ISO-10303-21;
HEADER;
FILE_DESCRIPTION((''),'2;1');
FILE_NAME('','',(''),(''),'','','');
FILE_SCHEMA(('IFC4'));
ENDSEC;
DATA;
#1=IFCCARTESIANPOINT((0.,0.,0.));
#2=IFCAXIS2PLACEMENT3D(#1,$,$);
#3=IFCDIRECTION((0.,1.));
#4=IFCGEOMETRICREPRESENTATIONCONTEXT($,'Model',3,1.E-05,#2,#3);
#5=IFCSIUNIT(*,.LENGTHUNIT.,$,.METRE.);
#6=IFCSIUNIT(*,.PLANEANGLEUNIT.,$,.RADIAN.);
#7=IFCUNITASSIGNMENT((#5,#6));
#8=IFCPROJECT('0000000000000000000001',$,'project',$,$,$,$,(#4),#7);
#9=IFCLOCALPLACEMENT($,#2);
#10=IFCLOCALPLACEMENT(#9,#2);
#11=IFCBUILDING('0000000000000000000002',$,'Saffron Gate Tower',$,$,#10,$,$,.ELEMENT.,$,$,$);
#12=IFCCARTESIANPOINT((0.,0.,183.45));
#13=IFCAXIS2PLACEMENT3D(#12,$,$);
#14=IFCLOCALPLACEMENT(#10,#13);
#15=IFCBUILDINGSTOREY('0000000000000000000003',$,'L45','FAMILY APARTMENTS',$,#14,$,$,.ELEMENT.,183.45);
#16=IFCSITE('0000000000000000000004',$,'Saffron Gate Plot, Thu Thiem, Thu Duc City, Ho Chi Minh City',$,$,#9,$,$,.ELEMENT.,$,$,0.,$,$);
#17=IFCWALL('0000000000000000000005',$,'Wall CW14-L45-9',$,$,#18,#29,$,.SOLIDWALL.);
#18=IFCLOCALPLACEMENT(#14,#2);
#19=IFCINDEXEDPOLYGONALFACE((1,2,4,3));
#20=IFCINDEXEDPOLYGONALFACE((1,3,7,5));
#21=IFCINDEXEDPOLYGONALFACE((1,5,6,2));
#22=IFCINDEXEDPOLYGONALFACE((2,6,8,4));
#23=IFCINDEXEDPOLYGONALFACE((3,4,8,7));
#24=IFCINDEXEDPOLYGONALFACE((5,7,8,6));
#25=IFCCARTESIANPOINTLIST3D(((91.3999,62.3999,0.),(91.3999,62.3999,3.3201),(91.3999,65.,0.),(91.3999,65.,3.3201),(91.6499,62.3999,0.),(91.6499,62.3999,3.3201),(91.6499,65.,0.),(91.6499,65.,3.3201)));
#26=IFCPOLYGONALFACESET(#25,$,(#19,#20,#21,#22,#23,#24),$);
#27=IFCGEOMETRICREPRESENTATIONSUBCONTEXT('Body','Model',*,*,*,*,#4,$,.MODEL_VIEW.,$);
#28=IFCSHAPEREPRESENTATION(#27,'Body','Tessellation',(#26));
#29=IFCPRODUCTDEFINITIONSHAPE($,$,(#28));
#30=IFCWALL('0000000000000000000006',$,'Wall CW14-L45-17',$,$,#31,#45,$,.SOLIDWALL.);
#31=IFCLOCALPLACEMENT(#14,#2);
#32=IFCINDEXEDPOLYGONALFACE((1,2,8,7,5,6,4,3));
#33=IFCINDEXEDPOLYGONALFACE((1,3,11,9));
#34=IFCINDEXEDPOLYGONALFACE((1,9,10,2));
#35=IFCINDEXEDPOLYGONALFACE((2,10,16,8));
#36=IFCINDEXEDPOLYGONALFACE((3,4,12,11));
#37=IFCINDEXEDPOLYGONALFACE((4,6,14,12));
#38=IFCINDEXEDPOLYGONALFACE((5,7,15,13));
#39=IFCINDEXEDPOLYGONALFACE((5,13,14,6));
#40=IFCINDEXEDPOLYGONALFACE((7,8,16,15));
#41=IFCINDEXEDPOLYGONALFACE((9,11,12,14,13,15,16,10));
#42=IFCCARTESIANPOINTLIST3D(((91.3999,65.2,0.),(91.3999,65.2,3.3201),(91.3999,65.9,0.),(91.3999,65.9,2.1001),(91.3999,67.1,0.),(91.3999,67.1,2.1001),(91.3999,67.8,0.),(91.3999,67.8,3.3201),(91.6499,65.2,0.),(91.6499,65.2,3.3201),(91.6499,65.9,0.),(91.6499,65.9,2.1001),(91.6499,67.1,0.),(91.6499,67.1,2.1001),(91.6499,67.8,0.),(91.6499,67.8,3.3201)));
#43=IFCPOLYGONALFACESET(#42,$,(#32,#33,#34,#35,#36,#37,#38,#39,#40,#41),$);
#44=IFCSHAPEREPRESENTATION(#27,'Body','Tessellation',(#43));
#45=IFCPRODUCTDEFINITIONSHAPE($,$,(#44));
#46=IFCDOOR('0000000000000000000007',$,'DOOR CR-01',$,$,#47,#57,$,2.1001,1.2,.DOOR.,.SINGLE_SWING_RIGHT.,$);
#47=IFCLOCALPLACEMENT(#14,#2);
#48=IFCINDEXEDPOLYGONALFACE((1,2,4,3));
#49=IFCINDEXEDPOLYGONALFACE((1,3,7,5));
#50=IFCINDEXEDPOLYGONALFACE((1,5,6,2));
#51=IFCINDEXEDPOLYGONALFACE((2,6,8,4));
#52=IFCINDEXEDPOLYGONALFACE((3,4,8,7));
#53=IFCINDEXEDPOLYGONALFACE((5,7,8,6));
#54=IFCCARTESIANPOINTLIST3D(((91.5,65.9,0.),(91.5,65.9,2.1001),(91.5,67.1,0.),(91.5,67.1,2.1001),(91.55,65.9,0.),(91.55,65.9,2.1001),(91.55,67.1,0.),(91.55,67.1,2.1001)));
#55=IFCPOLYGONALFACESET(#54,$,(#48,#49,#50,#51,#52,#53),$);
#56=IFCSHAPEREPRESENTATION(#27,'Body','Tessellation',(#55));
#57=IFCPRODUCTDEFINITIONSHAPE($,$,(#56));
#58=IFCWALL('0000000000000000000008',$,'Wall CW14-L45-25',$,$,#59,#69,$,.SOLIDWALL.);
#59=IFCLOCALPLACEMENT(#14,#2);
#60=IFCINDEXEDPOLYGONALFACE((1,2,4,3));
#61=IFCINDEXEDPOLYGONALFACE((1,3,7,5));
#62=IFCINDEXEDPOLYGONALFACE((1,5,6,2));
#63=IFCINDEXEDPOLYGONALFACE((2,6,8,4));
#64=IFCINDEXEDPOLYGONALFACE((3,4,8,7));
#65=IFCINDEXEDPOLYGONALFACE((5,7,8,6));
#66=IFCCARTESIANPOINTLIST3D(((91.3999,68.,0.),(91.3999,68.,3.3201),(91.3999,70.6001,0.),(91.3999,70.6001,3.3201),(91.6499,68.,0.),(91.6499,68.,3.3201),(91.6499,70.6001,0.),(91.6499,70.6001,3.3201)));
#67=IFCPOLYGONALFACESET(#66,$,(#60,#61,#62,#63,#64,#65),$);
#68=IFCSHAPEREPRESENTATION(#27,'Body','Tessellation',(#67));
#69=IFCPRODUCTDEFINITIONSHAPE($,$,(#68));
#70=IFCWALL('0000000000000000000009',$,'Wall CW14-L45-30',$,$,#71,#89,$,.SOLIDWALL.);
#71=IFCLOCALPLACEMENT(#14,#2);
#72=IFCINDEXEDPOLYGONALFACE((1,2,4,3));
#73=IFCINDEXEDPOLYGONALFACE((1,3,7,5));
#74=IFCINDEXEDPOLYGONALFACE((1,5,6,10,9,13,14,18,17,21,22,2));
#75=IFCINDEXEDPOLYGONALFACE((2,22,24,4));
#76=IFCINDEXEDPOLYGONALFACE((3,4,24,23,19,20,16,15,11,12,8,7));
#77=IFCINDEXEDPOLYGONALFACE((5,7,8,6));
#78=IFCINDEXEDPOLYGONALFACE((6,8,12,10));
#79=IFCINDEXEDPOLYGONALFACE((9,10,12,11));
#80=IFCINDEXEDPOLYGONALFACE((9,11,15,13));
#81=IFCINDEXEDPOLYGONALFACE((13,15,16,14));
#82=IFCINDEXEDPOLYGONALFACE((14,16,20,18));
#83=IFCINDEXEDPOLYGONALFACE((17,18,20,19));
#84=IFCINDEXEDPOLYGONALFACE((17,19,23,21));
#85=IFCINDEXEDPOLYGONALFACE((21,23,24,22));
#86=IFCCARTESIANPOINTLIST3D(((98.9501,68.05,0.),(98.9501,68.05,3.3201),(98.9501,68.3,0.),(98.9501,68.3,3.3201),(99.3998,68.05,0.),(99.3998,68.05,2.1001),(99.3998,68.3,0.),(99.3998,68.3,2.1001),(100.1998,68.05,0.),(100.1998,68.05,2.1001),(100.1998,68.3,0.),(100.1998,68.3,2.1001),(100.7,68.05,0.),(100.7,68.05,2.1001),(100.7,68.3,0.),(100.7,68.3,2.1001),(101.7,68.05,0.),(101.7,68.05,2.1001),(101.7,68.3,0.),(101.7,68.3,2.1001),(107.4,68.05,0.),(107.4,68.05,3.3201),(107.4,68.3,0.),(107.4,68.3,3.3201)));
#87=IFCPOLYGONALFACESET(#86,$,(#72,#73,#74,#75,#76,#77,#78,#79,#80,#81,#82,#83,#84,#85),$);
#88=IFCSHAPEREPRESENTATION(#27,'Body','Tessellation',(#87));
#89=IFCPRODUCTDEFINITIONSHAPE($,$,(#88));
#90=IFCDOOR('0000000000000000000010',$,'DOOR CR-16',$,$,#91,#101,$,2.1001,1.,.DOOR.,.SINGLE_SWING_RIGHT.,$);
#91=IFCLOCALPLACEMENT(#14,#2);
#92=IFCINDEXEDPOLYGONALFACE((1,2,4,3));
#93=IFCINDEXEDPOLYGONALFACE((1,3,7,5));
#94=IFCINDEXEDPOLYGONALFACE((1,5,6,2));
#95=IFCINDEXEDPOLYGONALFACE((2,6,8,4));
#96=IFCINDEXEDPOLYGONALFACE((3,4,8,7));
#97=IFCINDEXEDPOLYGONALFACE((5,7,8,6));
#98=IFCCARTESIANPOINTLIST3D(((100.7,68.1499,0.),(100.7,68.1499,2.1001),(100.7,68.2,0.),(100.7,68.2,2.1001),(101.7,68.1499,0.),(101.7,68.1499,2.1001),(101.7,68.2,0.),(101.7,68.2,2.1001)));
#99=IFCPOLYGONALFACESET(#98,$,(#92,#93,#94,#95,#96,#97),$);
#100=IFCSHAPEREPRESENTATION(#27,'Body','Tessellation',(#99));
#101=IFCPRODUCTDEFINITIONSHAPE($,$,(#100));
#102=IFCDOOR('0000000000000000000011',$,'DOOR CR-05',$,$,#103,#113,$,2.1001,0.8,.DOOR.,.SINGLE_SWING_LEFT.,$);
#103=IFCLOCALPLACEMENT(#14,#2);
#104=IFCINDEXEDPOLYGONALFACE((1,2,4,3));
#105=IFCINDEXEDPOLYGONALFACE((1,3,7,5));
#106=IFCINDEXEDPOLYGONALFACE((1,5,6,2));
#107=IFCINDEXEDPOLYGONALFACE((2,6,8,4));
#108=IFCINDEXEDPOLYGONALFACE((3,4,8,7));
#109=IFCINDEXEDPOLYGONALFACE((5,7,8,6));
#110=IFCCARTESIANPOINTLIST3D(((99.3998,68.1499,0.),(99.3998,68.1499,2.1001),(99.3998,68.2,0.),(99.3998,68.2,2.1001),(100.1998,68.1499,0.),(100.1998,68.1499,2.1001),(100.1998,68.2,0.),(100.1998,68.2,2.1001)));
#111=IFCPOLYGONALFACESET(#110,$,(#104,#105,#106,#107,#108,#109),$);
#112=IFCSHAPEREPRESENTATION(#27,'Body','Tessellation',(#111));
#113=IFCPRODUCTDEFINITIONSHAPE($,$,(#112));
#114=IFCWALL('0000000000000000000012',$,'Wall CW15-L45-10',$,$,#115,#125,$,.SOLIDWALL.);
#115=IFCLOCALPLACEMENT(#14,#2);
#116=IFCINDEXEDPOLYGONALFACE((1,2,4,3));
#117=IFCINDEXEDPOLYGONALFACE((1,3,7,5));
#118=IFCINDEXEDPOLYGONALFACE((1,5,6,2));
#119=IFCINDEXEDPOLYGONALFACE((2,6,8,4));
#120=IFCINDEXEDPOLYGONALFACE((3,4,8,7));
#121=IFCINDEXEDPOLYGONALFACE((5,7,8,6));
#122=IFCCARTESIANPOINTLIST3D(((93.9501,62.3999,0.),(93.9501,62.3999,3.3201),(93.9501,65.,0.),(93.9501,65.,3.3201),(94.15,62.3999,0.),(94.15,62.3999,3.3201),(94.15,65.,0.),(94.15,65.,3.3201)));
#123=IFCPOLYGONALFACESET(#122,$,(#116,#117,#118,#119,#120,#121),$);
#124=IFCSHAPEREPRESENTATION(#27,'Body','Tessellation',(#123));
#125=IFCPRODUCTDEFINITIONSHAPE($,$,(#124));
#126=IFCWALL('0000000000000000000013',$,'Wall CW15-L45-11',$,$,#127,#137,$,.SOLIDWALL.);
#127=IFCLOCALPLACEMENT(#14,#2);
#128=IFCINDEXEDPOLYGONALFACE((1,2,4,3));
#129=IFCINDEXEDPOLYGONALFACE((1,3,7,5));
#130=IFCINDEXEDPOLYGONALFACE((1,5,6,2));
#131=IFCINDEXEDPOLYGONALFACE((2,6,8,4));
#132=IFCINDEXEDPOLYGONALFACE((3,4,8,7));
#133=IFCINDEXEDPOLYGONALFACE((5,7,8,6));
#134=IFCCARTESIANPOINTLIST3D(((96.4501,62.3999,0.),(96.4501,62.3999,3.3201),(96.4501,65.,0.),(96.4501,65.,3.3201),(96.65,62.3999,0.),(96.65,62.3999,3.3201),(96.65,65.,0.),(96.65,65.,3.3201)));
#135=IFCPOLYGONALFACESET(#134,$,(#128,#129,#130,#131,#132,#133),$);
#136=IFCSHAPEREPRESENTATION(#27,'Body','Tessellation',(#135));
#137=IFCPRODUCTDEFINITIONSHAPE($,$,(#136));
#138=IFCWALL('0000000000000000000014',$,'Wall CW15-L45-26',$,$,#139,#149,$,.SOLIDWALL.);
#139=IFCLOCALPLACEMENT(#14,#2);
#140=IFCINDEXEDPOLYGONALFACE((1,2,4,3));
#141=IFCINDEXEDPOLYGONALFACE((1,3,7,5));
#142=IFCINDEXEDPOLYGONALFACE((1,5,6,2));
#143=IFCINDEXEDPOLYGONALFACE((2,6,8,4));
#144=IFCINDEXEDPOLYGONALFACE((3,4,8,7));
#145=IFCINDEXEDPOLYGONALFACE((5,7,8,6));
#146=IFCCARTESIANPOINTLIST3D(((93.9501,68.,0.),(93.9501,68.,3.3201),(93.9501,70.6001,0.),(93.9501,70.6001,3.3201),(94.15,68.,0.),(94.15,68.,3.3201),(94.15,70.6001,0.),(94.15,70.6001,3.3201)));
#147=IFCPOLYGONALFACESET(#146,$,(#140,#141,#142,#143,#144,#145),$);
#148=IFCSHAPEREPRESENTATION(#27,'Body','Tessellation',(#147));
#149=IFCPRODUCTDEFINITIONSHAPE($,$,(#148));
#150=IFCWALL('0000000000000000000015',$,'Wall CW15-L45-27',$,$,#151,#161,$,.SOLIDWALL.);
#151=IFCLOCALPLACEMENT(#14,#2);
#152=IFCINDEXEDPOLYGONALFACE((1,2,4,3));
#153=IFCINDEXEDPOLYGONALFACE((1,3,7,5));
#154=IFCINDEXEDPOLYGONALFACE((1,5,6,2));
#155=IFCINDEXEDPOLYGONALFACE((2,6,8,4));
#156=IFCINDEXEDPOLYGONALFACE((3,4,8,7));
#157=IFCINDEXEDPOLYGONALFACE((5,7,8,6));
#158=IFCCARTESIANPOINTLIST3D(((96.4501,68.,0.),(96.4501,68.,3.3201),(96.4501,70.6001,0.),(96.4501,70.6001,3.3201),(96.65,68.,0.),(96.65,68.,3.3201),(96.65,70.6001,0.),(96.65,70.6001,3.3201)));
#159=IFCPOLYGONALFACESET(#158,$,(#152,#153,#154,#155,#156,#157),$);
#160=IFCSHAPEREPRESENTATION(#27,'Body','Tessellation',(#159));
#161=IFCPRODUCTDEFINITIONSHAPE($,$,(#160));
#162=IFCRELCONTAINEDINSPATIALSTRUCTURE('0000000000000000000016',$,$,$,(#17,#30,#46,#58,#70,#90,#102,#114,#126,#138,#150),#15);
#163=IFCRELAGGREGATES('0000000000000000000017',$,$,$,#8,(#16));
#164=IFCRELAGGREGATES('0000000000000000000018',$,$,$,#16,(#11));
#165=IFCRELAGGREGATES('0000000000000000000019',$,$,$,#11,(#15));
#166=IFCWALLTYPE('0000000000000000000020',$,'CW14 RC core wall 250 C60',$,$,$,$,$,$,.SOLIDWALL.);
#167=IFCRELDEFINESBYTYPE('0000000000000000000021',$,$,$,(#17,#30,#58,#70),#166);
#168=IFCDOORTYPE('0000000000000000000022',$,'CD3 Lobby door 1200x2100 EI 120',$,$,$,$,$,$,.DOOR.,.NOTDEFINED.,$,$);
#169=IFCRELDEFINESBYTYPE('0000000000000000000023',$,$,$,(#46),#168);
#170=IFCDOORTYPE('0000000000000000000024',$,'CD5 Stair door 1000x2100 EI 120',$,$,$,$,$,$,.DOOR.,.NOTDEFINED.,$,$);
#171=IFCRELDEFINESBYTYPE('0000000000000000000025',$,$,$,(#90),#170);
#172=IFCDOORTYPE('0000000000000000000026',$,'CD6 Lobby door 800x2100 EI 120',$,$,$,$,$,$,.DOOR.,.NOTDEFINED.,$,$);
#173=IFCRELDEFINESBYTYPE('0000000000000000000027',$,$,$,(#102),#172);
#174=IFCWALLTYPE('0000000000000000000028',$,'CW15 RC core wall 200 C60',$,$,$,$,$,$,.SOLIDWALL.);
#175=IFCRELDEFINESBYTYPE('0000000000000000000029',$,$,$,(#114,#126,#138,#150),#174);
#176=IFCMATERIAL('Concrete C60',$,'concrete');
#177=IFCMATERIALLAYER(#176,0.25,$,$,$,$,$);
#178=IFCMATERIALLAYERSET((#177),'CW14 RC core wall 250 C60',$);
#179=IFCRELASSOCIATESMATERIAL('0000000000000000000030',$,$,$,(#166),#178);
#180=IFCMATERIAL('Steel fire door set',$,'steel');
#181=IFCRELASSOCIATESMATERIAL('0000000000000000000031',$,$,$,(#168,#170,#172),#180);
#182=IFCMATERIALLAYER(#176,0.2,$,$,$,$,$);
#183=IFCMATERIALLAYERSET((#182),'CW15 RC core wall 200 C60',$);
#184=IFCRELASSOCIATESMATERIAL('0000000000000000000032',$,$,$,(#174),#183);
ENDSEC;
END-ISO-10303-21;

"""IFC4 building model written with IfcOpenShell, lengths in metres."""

from ifc_helpers import new_model, si_unit, direction, frame, frame_2d, origin, place, context, subcontext, project, spatial, rectangle, extrude, material, layer, layer_set, type_object, element, fill, save


model = new_model("IFC4")

# Units and contexts
model_context = context("Model", 3, precision=1e-05, world=origin(), true_north=direction((0.0, 1.0)))
body_context = subcontext(model_context, "Body", "Model", "MODEL_VIEW")
ifc_project = project(units=[si_unit("LENGTHUNIT", "METRE"), si_unit("PLANEANGLEUNIT", "RADIAN")], contexts=[model_context])

# Site, building, storey
site_placement = place(None, origin())
site = spatial("IfcSite", under=ifc_project, at=site_placement, Name="Saffron Gate Plot, Thu Thiem, Thu Duc City, Ho Chi Minh City", CompositionType="ELEMENT", RefElevation=0.0)
building_placement = place(site_placement, origin())
building = spatial("IfcBuilding", under=site, at=building_placement, Name="Saffron Gate Tower", CompositionType="ELEMENT")
storey_placement = place(building_placement, frame((0.0, 0.0, 183.45)))
storey = spatial("IfcBuildingStorey", under=building, at=storey_placement, Name="L45", Description="FAMILY APARTMENTS", CompositionType="ELEMENT", Elevation=183.45)

# Wall
ifc_material_1 = material(Name="Concrete C60", Category="concrete")
ifc_layer_1 = layer(ifc_material_1, 0.25)
ifc_layer_set_1 = layer_set([ifc_layer_1], Name="CW14 RC core wall 250 C60")
wall_type_1 = type_object("IfcWallType", Name="CW14 RC core wall 250 C60", PredefinedType="SOLIDWALL", material=ifc_layer_set_1)
wall_1_placement = place(storey_placement, frame((91.5249, 62.3999, 0.0), z_axis=(0.0, 0.0, 1.0), x_axis=(0.0, 1.0, 0.0)))
element("IfcWall", 1, at=wall_1_placement, inside=storey, type_object=wall_type_1, Name="Wall CW14-L45-9", PredefinedType="SOLIDWALL", context=body_context, shape_type="SweptSolid", body=[
    extrude(rectangle(XDim=2.6001, YDim=0.25, at=frame_2d((1.3, 0.0))), origin(), (0.0, 0.0, 1.0), 3.3201),
])

# Wall, opening, door
wall_2_placement = place(storey_placement, frame((91.5249, 65.2, 0.0), z_axis=(0.0, 0.0, 1.0), x_axis=(0.0, 1.0, 0.0)))
wall_2 = element("IfcWall", 2, at=wall_2_placement, inside=storey, type_object=wall_type_1, Name="Wall CW14-L45-17", PredefinedType="SOLIDWALL", context=body_context, shape_type="SweptSolid", body=[
    extrude(rectangle(XDim=2.6001, YDim=0.25, at=frame_2d((1.3, 0.0))), origin(), (0.0, 0.0, 1.0), 3.3201),
])
opening_1_placement = place(wall_2_placement, frame((0.7, 0.0, 0.0)))
opening_1 = element("IfcOpeningElement", 3, at=opening_1_placement, cuts=wall_2, PredefinedType="OPENING", context=body_context, shape_type="SweptSolid", body=[
    extrude(rectangle(XDim=1.2, YDim=2.1001, at=frame_2d((0.6001, 1.05))), frame((0.0, 0.135, 0.0), z_axis=(0.0, -1.0, 0.0), x_axis=(1.0, 0.0, 0.0)), (0.0, 0.0, 1.0), 0.27),
])
ifc_material_2 = material(Name="Steel fire door set", Category="steel")
door_type_1 = type_object("IfcDoorType", Name="CD3 Lobby door 1200x2100 EI 120", OperationType="NOTDEFINED", PredefinedType="DOOR", material=ifc_material_2)
door_1_placement = place(opening_1_placement, origin())
door_1 = element("IfcDoor", 4, at=door_1_placement, inside=storey, type_object=door_type_1, Name="DOOR CR-01", OperationType="SINGLE_SWING_RIGHT", OverallHeight=2.1001, OverallWidth=1.2, PredefinedType="DOOR", context=body_context, shape_type="SweptSolid", body=[
    extrude(rectangle(XDim=1.2, YDim=2.1001, at=frame_2d((0.6001, 1.05))), frame((0.0, 0.0249, 0.0), z_axis=(0.0, -1.0, 0.0), x_axis=(1.0, 0.0, 0.0)), (0.0, 0.0, 1.0), 0.05),
])
fill(opening_1, door_1)

# Wall
wall_3_placement = place(storey_placement, frame((91.5249, 68.0, 0.0), z_axis=(0.0, 0.0, 1.0), x_axis=(0.0, 1.0, 0.0)))
element("IfcWall", 5, at=wall_3_placement, inside=storey, type_object=wall_type_1, Name="Wall CW14-L45-25", PredefinedType="SOLIDWALL", context=body_context, shape_type="SweptSolid", body=[
    extrude(rectangle(XDim=2.6001, YDim=0.25, at=frame_2d((1.3, 0.0))), origin(), (0.0, 0.0, 1.0), 3.3201),
])

# Wall, openings, doors
wall_4_placement = place(storey_placement, frame((98.95, 68.175, 0.0), z_axis=(0.0, 0.0, 1.0), x_axis=(1.0, 0.0, 0.0)))
wall_4 = element("IfcWall", 6, at=wall_4_placement, inside=storey, type_object=wall_type_1, Name="Wall CW14-L45-30", PredefinedType="SOLIDWALL", context=body_context, shape_type="SweptSolid", body=[
    extrude(rectangle(XDim=8.45, YDim=0.25, at=frame_2d((4.2251, 0.0))), origin(), (0.0, 0.0, 1.0), 3.3201),
])
opening_2_placement = place(wall_4_placement, frame((0.45, 0.0, 0.0)))
opening_2 = element("IfcOpeningElement", 7, at=opening_2_placement, cuts=wall_4, PredefinedType="OPENING", context=body_context, shape_type="SweptSolid", body=[
    extrude(rectangle(XDim=0.8, YDim=2.1001, at=frame_2d((0.3999, 1.05))), frame((0.0, 0.135, 0.0), z_axis=(0.0, -1.0, 0.0), x_axis=(1.0, 0.0, 0.0)), (0.0, 0.0, 1.0), 0.27),
])
opening_3_placement = place(wall_4_placement, frame((1.75, 0.0, 0.0)))
opening_3 = element("IfcOpeningElement", 8, at=opening_3_placement, cuts=wall_4, PredefinedType="OPENING", context=body_context, shape_type="SweptSolid", body=[
    extrude(rectangle(XDim=1.0, YDim=2.1001, at=frame_2d((0.5, 1.05))), frame((0.0, 0.135, 0.0), z_axis=(0.0, -1.0, 0.0), x_axis=(1.0, 0.0, 0.0)), (0.0, 0.0, 1.0), 0.27),
])
door_type_2 = type_object("IfcDoorType", Name="CD5 Stair door 1000x2100 EI 120", OperationType="NOTDEFINED", PredefinedType="DOOR", material=ifc_material_2)
door_2_placement = place(opening_3_placement, origin())
door_2 = element("IfcDoor", 9, at=door_2_placement, inside=storey, type_object=door_type_2, Name="DOOR CR-16", OperationType="SINGLE_SWING_RIGHT", OverallHeight=2.1001, OverallWidth=1.0, PredefinedType="DOOR", context=body_context, shape_type="SweptSolid", body=[
    extrude(rectangle(XDim=1.0, YDim=2.1001, at=frame_2d((0.5, 1.05))), frame((0.0, 0.0249, 0.0), z_axis=(0.0, -1.0, 0.0), x_axis=(1.0, 0.0, 0.0)), (0.0, 0.0, 1.0), 0.05),
])
fill(opening_3, door_2)
door_type_3 = type_object("IfcDoorType", Name="CD6 Lobby door 800x2100 EI 120", OperationType="NOTDEFINED", PredefinedType="DOOR", material=ifc_material_2)
door_3_placement = place(opening_2_placement, origin())
door_3 = element("IfcDoor", 10, at=door_3_placement, inside=storey, type_object=door_type_3, Name="DOOR CR-05", OperationType="SINGLE_SWING_LEFT", OverallHeight=2.1001, OverallWidth=0.8, PredefinedType="DOOR", context=body_context, shape_type="SweptSolid", body=[
    extrude(rectangle(XDim=0.8, YDim=2.1001, at=frame_2d((0.3999, 1.05))), frame((0.0, 0.0249, 0.0), z_axis=(0.0, -1.0, 0.0), x_axis=(1.0, 0.0, 0.0)), (0.0, 0.0, 1.0), 0.05),
])
fill(opening_2, door_3)

# Walls
ifc_layer_2 = layer(ifc_material_1, 0.2)
ifc_layer_set_2 = layer_set([ifc_layer_2], Name="CW15 RC core wall 200 C60")
wall_type_2 = type_object("IfcWallType", Name="CW15 RC core wall 200 C60", PredefinedType="SOLIDWALL", material=ifc_layer_set_2)
for number, where, z_axis, x_axis, name in (
    (11, (94.05, 62.3999, 0.0), (0.0, 0.0, 1.0), (0.0, 1.0, 0.0), "Wall CW15-L45-10"),
    (12, (96.55, 62.3999, 0.0), (0.0, 0.0, 1.0), (0.0, 1.0, 0.0), "Wall CW15-L45-11"),
    (13, (94.05, 68.0, 0.0), (0.0, 0.0, 1.0), (0.0, 1.0, 0.0), "Wall CW15-L45-26"),
    (14, (96.55, 68.0, 0.0), (0.0, 0.0, 1.0), (0.0, 1.0, 0.0), "Wall CW15-L45-27"),
):
    element("IfcWall", number, at=place(storey_placement, frame(where, z_axis=z_axis, x_axis=x_axis)), inside=storey, type_object=wall_type_2, Name=name, PredefinedType="SOLIDWALL", context=body_context, shape_type="SweptSolid", body=[
        extrude(rectangle(XDim=2.6001, YDim=0.2, at=frame_2d((1.3, 0.0))), origin(), (0.0, 0.0, 1.0), 3.3201),
    ])

save(model, "model.ifc")
